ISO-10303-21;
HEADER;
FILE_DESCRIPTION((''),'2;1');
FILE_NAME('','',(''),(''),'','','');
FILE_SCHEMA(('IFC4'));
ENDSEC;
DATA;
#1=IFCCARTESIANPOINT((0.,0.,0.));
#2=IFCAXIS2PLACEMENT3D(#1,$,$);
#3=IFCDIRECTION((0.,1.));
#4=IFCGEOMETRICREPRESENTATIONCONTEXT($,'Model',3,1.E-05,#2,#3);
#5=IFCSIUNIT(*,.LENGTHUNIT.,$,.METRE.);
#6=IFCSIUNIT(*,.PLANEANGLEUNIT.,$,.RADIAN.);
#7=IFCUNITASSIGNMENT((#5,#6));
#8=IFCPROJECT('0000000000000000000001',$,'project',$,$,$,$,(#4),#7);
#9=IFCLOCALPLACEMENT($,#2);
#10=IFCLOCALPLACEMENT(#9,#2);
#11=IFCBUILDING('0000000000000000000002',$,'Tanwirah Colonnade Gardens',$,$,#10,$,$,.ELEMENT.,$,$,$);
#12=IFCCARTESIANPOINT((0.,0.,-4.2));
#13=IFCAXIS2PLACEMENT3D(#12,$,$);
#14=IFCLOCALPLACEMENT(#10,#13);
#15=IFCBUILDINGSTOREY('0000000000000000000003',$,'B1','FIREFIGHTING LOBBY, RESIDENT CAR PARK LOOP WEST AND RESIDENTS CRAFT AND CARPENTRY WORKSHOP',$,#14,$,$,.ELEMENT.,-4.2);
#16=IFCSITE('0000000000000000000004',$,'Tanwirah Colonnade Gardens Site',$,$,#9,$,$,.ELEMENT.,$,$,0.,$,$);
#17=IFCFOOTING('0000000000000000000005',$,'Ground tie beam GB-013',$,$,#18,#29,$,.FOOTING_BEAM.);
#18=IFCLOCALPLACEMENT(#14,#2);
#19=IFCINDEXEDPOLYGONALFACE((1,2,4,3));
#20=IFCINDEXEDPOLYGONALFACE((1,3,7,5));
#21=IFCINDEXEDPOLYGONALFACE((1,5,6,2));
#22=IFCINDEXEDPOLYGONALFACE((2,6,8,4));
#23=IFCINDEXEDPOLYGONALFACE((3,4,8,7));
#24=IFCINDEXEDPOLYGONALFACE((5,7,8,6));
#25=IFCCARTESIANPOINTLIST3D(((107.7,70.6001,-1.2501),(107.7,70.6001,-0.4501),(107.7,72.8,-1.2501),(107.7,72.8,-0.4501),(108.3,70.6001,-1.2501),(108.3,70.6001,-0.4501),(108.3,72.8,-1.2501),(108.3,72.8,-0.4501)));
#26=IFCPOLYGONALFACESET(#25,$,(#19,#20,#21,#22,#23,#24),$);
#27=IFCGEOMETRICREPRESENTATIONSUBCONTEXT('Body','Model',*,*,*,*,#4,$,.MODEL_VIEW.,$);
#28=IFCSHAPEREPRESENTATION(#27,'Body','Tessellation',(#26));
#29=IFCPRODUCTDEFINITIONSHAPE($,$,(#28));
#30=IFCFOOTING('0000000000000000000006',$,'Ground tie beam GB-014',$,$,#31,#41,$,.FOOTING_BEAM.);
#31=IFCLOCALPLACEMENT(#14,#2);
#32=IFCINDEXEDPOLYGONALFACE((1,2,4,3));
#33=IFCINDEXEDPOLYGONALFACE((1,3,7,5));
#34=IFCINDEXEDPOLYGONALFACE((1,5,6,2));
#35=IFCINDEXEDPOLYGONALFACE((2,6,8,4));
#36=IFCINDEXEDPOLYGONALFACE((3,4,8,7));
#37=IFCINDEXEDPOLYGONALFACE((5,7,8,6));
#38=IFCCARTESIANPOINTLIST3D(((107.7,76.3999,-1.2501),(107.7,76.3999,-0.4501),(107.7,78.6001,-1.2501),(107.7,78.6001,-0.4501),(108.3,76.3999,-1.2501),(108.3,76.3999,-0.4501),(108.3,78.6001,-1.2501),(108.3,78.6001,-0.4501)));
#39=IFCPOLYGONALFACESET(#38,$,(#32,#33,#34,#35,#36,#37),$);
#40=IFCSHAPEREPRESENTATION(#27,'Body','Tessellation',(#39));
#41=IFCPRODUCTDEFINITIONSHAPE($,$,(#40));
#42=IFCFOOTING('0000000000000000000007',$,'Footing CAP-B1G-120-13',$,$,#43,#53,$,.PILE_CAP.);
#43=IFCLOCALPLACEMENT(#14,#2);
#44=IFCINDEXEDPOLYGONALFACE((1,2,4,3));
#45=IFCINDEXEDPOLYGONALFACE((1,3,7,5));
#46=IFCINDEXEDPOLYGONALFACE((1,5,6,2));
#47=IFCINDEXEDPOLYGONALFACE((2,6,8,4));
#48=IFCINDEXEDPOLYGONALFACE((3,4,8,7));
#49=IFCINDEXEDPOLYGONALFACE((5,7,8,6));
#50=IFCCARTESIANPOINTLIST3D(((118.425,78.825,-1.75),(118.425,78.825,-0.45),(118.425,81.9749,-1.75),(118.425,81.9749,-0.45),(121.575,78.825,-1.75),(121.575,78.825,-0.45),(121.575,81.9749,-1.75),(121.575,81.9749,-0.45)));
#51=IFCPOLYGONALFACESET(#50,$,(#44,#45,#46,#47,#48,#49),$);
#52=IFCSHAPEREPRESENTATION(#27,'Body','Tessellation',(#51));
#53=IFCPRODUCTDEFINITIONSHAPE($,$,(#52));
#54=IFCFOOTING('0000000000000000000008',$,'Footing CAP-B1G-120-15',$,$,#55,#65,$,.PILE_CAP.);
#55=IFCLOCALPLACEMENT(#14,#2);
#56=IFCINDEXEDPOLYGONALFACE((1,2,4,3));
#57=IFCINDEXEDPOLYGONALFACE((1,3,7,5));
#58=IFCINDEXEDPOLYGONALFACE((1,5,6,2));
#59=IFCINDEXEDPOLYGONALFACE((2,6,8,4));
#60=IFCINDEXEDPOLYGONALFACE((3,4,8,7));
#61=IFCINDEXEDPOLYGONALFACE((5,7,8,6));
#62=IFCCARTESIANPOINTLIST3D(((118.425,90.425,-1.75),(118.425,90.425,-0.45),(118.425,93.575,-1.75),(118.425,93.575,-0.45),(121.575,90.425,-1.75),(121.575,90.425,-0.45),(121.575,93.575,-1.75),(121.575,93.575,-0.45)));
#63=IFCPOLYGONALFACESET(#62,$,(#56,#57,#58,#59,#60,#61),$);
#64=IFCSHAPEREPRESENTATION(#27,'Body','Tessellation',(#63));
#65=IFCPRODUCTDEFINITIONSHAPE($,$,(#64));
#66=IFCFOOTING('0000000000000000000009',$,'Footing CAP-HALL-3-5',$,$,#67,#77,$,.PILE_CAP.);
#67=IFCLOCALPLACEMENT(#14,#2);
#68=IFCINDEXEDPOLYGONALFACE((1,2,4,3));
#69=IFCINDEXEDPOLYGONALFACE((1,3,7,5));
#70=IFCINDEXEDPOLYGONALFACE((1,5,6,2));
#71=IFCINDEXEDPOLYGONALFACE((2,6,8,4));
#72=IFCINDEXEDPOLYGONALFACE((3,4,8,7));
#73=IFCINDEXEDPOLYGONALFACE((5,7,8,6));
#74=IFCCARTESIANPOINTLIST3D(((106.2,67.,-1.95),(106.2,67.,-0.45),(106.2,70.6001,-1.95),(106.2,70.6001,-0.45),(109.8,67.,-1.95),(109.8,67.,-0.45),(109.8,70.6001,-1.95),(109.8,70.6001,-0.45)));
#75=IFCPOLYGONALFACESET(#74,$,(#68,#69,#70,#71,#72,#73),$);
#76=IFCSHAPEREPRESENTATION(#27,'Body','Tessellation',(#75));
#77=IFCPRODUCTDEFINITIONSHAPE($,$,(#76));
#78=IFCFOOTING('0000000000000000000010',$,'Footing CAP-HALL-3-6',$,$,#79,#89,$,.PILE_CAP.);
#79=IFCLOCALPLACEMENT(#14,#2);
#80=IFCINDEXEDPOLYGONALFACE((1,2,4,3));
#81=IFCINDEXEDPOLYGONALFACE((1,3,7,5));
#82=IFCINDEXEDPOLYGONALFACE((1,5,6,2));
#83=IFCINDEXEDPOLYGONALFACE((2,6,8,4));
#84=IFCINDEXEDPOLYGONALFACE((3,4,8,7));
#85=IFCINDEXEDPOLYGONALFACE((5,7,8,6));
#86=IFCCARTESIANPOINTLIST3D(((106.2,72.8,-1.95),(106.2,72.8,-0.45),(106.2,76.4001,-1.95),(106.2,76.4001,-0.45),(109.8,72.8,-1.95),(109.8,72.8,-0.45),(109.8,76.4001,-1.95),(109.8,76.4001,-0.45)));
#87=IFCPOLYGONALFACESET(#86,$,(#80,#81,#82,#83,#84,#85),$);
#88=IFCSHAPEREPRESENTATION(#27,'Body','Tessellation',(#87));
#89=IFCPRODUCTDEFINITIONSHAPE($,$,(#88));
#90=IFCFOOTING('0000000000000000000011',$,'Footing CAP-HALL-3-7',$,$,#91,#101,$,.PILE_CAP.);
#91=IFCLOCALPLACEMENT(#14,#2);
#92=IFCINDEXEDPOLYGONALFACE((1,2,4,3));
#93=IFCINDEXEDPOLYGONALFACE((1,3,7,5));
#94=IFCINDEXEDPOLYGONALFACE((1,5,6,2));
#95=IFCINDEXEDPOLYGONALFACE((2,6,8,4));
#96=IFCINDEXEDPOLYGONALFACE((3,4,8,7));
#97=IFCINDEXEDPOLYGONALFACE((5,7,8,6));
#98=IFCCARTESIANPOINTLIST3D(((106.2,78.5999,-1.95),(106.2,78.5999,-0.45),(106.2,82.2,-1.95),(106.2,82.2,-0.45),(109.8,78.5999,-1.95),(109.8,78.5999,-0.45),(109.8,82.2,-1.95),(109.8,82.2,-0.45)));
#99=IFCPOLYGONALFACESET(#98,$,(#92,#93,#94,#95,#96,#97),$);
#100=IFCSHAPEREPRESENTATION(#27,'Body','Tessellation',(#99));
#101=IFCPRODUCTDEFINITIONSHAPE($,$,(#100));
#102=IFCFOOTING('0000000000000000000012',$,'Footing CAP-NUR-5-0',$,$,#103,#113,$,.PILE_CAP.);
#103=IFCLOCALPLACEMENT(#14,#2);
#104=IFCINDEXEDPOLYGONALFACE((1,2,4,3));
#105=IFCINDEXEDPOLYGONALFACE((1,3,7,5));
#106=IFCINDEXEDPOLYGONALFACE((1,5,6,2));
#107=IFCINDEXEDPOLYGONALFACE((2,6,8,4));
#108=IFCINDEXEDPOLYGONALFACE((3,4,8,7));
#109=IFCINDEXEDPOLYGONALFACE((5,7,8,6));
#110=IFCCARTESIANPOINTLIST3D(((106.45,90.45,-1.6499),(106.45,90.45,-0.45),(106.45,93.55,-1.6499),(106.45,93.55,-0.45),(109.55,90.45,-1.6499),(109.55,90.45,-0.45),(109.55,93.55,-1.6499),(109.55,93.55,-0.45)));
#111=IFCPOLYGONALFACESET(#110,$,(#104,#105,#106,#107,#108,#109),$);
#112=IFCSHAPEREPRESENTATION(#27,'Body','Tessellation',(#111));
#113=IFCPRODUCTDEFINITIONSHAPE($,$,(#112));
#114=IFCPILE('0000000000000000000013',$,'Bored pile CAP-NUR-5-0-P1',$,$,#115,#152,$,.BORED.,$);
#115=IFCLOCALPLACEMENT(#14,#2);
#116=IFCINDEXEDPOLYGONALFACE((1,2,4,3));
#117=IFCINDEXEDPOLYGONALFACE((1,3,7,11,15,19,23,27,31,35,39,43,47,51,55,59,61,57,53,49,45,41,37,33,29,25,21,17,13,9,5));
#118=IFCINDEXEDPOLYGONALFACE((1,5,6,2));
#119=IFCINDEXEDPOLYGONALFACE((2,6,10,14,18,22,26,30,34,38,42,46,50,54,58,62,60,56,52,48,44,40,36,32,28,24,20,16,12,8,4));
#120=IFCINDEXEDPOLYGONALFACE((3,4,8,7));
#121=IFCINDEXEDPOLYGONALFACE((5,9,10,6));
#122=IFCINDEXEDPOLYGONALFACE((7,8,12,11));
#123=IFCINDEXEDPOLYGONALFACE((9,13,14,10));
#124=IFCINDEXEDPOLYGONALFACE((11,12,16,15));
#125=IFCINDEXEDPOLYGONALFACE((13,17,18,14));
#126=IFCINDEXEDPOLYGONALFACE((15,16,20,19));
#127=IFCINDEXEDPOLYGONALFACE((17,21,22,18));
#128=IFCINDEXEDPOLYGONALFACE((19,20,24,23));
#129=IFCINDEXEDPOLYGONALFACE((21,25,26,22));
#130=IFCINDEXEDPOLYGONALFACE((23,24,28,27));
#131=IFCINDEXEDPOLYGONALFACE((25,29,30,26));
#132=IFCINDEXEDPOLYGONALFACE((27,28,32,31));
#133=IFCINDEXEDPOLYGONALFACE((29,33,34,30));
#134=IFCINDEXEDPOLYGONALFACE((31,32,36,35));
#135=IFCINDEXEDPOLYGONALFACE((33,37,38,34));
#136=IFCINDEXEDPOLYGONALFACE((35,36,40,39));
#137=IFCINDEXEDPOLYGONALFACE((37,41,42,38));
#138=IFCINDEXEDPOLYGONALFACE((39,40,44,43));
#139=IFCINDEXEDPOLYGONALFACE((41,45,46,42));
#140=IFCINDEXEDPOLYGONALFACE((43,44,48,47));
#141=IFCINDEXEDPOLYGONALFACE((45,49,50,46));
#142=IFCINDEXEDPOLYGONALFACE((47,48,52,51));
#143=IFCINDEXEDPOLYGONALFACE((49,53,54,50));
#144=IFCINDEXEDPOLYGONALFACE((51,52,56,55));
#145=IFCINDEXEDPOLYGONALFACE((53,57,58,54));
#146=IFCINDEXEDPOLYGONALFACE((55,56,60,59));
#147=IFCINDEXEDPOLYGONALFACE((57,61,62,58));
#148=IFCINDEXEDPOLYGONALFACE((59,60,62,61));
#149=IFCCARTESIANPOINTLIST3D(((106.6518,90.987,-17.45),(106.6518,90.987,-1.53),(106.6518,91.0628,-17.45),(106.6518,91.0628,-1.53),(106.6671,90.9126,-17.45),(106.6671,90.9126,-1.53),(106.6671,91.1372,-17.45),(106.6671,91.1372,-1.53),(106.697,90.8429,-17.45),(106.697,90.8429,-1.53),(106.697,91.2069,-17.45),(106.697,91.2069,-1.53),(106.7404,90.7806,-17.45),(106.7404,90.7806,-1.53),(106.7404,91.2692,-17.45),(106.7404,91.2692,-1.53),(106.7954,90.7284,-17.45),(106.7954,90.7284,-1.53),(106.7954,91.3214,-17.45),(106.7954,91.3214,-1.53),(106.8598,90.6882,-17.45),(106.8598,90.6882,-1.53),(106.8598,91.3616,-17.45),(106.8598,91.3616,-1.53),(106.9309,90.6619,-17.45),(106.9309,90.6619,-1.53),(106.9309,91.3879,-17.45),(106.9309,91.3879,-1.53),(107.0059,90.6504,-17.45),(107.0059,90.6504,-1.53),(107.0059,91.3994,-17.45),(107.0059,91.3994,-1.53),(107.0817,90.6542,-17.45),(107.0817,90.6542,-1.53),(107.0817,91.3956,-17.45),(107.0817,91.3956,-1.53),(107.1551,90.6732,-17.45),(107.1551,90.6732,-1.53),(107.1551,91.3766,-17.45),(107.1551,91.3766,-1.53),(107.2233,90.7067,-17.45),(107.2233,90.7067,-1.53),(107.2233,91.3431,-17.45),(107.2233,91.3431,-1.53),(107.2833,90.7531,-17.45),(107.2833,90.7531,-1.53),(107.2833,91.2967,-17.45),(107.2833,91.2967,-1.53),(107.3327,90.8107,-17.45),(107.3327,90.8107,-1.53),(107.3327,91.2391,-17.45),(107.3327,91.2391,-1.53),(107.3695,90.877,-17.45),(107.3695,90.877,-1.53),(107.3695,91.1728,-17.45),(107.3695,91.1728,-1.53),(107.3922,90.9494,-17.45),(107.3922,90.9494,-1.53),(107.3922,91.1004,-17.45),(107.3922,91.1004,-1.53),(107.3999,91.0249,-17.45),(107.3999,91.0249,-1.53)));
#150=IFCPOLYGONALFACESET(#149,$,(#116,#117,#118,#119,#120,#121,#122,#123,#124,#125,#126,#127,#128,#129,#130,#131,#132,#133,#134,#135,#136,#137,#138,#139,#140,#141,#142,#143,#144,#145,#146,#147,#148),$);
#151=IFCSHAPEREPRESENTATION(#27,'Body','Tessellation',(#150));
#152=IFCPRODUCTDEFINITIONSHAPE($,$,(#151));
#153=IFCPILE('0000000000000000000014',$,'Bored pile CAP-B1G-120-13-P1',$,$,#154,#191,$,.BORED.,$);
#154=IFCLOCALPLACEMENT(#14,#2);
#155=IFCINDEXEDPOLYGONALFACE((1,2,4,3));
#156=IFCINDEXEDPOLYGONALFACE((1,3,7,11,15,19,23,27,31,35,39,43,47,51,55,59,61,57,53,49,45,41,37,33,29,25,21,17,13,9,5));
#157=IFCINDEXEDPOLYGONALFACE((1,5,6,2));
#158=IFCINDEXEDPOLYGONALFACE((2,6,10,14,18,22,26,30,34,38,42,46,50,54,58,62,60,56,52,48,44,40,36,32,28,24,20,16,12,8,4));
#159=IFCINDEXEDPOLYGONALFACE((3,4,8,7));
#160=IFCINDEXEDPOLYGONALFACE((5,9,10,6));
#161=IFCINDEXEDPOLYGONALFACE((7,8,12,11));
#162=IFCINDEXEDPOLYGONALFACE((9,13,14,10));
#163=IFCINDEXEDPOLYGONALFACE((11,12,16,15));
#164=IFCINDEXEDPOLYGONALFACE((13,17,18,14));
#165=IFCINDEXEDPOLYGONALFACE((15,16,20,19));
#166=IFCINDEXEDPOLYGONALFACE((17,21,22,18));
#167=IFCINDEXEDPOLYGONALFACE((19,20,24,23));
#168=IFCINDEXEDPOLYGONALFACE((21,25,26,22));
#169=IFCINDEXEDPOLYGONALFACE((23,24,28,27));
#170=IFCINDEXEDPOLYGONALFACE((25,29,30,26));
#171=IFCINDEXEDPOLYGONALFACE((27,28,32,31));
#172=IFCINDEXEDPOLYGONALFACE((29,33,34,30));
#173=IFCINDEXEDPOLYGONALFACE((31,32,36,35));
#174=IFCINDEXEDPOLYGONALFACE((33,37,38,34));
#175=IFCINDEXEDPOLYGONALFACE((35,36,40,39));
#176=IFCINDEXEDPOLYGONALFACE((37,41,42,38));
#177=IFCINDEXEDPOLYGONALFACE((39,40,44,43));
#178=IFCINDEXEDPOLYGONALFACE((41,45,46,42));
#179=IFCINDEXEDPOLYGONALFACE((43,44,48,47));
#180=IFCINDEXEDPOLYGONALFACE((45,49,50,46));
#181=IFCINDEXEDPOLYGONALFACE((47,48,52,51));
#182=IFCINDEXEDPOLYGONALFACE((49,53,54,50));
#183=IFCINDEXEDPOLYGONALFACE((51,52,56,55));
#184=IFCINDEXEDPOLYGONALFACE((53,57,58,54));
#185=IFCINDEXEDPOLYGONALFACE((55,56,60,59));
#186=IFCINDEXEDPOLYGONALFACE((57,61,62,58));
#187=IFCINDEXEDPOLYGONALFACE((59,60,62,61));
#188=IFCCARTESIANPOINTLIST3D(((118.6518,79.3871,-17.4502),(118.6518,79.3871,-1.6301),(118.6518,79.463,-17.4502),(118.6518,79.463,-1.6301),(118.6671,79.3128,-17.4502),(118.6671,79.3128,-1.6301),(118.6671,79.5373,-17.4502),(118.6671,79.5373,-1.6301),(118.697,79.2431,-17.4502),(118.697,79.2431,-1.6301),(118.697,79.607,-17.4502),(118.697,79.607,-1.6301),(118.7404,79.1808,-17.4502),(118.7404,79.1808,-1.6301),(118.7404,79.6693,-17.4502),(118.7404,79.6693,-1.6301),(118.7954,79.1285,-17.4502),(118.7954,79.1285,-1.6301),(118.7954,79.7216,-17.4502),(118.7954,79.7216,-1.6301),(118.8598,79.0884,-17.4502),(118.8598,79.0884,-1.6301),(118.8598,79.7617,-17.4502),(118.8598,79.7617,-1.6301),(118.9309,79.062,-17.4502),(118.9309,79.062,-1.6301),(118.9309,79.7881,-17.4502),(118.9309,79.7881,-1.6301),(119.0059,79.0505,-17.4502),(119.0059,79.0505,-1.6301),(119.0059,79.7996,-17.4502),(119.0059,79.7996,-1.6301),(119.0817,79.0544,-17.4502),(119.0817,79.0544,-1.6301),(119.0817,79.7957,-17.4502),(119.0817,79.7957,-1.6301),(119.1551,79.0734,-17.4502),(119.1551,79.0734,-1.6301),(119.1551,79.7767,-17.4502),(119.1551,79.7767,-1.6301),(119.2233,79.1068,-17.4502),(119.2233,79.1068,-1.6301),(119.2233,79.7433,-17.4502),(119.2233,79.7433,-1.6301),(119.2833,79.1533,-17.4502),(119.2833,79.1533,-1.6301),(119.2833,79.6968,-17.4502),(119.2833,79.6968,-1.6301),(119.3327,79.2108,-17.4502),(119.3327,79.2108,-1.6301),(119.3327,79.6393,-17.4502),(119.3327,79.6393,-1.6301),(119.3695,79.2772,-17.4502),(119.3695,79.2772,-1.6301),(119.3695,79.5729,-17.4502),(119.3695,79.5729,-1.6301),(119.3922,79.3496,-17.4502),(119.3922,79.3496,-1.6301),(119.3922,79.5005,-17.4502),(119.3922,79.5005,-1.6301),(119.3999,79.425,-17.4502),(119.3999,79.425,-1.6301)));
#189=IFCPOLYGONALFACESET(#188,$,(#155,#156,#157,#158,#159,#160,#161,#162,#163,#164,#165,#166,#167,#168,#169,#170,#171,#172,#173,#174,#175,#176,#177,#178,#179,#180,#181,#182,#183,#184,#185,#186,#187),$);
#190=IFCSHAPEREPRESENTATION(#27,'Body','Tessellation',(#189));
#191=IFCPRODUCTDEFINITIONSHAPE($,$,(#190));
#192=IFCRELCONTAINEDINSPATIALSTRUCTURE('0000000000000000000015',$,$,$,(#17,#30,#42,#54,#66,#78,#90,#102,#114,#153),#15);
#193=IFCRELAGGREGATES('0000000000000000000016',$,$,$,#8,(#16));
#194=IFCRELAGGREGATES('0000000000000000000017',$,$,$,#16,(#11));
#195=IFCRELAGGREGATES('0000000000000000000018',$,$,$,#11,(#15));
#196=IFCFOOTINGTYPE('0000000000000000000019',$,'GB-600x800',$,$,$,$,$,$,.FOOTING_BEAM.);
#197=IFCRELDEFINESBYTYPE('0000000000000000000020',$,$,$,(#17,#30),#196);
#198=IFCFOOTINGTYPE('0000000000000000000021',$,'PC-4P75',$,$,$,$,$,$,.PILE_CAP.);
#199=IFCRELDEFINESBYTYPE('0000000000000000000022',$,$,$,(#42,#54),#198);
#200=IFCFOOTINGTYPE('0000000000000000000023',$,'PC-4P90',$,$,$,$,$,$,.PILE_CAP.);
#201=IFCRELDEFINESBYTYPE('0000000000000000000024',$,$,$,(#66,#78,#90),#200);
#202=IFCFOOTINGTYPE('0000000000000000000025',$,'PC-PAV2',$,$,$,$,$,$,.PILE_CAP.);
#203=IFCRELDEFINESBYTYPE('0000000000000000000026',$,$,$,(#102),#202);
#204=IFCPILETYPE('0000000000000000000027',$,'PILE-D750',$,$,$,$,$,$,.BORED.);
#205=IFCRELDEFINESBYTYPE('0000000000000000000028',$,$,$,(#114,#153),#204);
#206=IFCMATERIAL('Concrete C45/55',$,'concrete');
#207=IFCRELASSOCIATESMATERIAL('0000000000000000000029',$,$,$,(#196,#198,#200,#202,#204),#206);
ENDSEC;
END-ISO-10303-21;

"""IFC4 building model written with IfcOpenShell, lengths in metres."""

from ifc_helpers import new_model, si_unit, direction, frame, origin, origin_2d, place, context, subcontext, project, spatial, rectangle, circle, extrude, material, material_profile, profile_set, type_object, element, save


model = new_model("IFC4")

# Units and contexts
model_context = context("Model", 3, precision=1e-05, world=origin(), true_north=direction((0.0, 1.0)))
body_context = subcontext(model_context, "Body", "Model", "MODEL_VIEW")
ifc_project = project(units=[si_unit("LENGTHUNIT", "METRE"), si_unit("PLANEANGLEUNIT", "RADIAN")], contexts=[model_context])

# Site, building, storey
site_placement = place(None, origin())
site = spatial("IfcSite", under=ifc_project, at=site_placement, Name="Tanwirah Colonnade Gardens Site", CompositionType="ELEMENT", RefElevation=0.0)
building_placement = place(site_placement, origin())
building = spatial("IfcBuilding", under=site, at=building_placement, Name="Tanwirah Colonnade Gardens", CompositionType="ELEMENT")
storey_placement = place(building_placement, frame((0.0, 0.0, -4.2)))
storey = spatial("IfcBuildingStorey", under=building, at=storey_placement, Name="B1", Description="FIREFIGHTING LOBBY, RESIDENT CAR PARK LOOP WEST AND RESIDENTS CRAFT AND CARPENTRY WORKSHOP", CompositionType="ELEMENT", Elevation=-4.2)

# Footings
ifc_material_1 = material(Name="Concrete C45/55", Category="concrete")
ifc_material_profile_1 = material_profile(ifc_material_1, rectangle(XDim=0.6001, YDim=0.8, at=origin_2d()), Name="GB-600x800")
ifc_profile_set_1 = profile_set([ifc_material_profile_1], Name="Concrete C45/55")
footing_type_1 = type_object("IfcFootingType", Name="GB-600x800", PredefinedType="FOOTING_BEAM", material=ifc_profile_set_1)
footing_1_placement = place(storey_placement, frame((108.0, 70.6001, -0.8501), z_axis=(0.0, 1.0, 0.0), x_axis=(-1.0, 0.0, 0.0)))
element("IfcFooting", 1, at=footing_1_placement, inside=storey, type_object=footing_type_1, Name="Ground tie beam GB-013", PredefinedType="FOOTING_BEAM", context=body_context, shape_type="SweptSolid", body=[
    extrude(rectangle(XDim=0.6001, YDim=0.8, at=origin_2d()), origin(), (0.0, 0.0, 1.0), 2.2),
])
footing_2_placement = place(storey_placement, frame((108.0, 76.3999, -0.8501), z_axis=(0.0, 1.0, 0.0), x_axis=(-1.0, 0.0, 0.0)))
element("IfcFooting", 2, at=footing_2_placement, inside=storey, type_object=footing_type_1, Name="Ground tie beam GB-014", PredefinedType="FOOTING_BEAM", context=body_context, shape_type="SweptSolid", body=[
    extrude(rectangle(XDim=0.6001, YDim=0.8, at=origin_2d()), origin(), (0.0, 0.0, 1.0), 2.2002),
])
footing_type_2 = type_object("IfcFootingType", Name="PC-4P75", PredefinedType="PILE_CAP", material=ifc_material_1)
for number, where, z_axis, x_axis, name in (
    (3, (120.0, 80.3999, -1.75), (0.0, 0.0, 1.0), (1.0, 0.0, 0.0), "Footing CAP-B1G-120-13"),
    (4, (120.0, 92.0, -1.75), (0.0, 0.0, 1.0), (1.0, 0.0, 0.0), "Footing CAP-B1G-120-15"),
):
    element("IfcFooting", number, at=place(storey_placement, frame(where, z_axis=z_axis, x_axis=x_axis)), inside=storey, type_object=footing_type_2, Name=name, PredefinedType="PILE_CAP", context=body_context, shape_type="SweptSolid", body=[
        extrude(rectangle(XDim=3.1499, YDim=3.1499, at=origin_2d()), origin(), (0.0, 0.0, 1.0), 1.3),
    ])
footing_type_3 = type_object("IfcFootingType", Name="PC-4P90", PredefinedType="PILE_CAP", material=ifc_material_1)
for number, where, z_axis, x_axis, name in (
    (5, (108.0, 68.8, -1.95), (0.0, 0.0, 1.0), (1.0, 0.0, 0.0), "Footing CAP-HALL-3-5"),
    (6, (108.0, 74.6001, -1.95), (0.0, 0.0, 1.0), (1.0, 0.0, 0.0), "Footing CAP-HALL-3-6"),
    (7, (108.0, 80.3999, -1.95), (0.0, 0.0, 1.0), (1.0, 0.0, 0.0), "Footing CAP-HALL-3-7"),
):
    element("IfcFooting", number, at=place(storey_placement, frame(where, z_axis=z_axis, x_axis=x_axis)), inside=storey, type_object=footing_type_3, Name=name, PredefinedType="PILE_CAP", context=body_context, shape_type="SweptSolid", body=[
        extrude(rectangle(XDim=3.6001, YDim=3.6001, at=origin_2d()), origin(), (0.0, 0.0, 1.0), 1.5),
    ])
footing_type_4 = type_object("IfcFootingType", Name="PC-PAV2", PredefinedType="PILE_CAP", material=ifc_material_1)
footing_3_placement = place(storey_placement, frame((108.0, 92.0, -1.6499), z_axis=(0.0, 0.0, 1.0), x_axis=(1.0, 0.0, 0.0)))
element("IfcFooting", 8, at=footing_3_placement, inside=storey, type_object=footing_type_4, Name="Footing CAP-NUR-5-0", PredefinedType="PILE_CAP", context=body_context, shape_type="SweptSolid", body=[
    extrude(rectangle(XDim=3.1001, YDim=3.1001, at=origin_2d()), origin(), (0.0, 0.0, 1.0), 1.2),
])

# Piles
ifc_material_profile_2 = material_profile(ifc_material_1, circle(Radius=0.375, at=origin_2d()), Name="PILE D750")
ifc_profile_set_2 = profile_set([ifc_material_profile_2], Name="Concrete C45/55")
pile_type_1 = type_object("IfcPileType", Name="PILE-D750", PredefinedType="BORED", material=ifc_profile_set_2)
pile_placement = place(storey_placement, frame((107.0249, 91.0249, -1.53), z_axis=(0.0, 0.0, -1.0), x_axis=(1.0, 0.0, 0.0)))
element("IfcPile", 9, at=pile_placement, inside=storey, type_object=pile_type_1, Name="Bored pile CAP-NUR-5-0-P1", PredefinedType="BORED", context=body_context, shape_type="SweptSolid", body=[
    extrude(circle(Radius=0.375, at=origin_2d()), origin(), (0.0, 0.0, 1.0), 15.9199),
])
for number, where, z_axis, x_axis, name in (
    (10, (119.0249, 79.425, -1.6301), (0.0, 0.0, -1.0), (1.0, 0.0, 0.0), "Bored pile CAP-B1G-120-13-P1"),
):
    element("IfcPile", number, at=place(storey_placement, frame(where, z_axis=z_axis, x_axis=x_axis)), inside=storey, type_object=pile_type_1, Name=name, PredefinedType="BORED", context=body_context, shape_type="SweptSolid", body=[
        extrude(circle(Radius=0.375, at=origin_2d()), origin(), (0.0, 0.0, 1.0), 15.8201),
    ])

save(model, "model.ifc")
